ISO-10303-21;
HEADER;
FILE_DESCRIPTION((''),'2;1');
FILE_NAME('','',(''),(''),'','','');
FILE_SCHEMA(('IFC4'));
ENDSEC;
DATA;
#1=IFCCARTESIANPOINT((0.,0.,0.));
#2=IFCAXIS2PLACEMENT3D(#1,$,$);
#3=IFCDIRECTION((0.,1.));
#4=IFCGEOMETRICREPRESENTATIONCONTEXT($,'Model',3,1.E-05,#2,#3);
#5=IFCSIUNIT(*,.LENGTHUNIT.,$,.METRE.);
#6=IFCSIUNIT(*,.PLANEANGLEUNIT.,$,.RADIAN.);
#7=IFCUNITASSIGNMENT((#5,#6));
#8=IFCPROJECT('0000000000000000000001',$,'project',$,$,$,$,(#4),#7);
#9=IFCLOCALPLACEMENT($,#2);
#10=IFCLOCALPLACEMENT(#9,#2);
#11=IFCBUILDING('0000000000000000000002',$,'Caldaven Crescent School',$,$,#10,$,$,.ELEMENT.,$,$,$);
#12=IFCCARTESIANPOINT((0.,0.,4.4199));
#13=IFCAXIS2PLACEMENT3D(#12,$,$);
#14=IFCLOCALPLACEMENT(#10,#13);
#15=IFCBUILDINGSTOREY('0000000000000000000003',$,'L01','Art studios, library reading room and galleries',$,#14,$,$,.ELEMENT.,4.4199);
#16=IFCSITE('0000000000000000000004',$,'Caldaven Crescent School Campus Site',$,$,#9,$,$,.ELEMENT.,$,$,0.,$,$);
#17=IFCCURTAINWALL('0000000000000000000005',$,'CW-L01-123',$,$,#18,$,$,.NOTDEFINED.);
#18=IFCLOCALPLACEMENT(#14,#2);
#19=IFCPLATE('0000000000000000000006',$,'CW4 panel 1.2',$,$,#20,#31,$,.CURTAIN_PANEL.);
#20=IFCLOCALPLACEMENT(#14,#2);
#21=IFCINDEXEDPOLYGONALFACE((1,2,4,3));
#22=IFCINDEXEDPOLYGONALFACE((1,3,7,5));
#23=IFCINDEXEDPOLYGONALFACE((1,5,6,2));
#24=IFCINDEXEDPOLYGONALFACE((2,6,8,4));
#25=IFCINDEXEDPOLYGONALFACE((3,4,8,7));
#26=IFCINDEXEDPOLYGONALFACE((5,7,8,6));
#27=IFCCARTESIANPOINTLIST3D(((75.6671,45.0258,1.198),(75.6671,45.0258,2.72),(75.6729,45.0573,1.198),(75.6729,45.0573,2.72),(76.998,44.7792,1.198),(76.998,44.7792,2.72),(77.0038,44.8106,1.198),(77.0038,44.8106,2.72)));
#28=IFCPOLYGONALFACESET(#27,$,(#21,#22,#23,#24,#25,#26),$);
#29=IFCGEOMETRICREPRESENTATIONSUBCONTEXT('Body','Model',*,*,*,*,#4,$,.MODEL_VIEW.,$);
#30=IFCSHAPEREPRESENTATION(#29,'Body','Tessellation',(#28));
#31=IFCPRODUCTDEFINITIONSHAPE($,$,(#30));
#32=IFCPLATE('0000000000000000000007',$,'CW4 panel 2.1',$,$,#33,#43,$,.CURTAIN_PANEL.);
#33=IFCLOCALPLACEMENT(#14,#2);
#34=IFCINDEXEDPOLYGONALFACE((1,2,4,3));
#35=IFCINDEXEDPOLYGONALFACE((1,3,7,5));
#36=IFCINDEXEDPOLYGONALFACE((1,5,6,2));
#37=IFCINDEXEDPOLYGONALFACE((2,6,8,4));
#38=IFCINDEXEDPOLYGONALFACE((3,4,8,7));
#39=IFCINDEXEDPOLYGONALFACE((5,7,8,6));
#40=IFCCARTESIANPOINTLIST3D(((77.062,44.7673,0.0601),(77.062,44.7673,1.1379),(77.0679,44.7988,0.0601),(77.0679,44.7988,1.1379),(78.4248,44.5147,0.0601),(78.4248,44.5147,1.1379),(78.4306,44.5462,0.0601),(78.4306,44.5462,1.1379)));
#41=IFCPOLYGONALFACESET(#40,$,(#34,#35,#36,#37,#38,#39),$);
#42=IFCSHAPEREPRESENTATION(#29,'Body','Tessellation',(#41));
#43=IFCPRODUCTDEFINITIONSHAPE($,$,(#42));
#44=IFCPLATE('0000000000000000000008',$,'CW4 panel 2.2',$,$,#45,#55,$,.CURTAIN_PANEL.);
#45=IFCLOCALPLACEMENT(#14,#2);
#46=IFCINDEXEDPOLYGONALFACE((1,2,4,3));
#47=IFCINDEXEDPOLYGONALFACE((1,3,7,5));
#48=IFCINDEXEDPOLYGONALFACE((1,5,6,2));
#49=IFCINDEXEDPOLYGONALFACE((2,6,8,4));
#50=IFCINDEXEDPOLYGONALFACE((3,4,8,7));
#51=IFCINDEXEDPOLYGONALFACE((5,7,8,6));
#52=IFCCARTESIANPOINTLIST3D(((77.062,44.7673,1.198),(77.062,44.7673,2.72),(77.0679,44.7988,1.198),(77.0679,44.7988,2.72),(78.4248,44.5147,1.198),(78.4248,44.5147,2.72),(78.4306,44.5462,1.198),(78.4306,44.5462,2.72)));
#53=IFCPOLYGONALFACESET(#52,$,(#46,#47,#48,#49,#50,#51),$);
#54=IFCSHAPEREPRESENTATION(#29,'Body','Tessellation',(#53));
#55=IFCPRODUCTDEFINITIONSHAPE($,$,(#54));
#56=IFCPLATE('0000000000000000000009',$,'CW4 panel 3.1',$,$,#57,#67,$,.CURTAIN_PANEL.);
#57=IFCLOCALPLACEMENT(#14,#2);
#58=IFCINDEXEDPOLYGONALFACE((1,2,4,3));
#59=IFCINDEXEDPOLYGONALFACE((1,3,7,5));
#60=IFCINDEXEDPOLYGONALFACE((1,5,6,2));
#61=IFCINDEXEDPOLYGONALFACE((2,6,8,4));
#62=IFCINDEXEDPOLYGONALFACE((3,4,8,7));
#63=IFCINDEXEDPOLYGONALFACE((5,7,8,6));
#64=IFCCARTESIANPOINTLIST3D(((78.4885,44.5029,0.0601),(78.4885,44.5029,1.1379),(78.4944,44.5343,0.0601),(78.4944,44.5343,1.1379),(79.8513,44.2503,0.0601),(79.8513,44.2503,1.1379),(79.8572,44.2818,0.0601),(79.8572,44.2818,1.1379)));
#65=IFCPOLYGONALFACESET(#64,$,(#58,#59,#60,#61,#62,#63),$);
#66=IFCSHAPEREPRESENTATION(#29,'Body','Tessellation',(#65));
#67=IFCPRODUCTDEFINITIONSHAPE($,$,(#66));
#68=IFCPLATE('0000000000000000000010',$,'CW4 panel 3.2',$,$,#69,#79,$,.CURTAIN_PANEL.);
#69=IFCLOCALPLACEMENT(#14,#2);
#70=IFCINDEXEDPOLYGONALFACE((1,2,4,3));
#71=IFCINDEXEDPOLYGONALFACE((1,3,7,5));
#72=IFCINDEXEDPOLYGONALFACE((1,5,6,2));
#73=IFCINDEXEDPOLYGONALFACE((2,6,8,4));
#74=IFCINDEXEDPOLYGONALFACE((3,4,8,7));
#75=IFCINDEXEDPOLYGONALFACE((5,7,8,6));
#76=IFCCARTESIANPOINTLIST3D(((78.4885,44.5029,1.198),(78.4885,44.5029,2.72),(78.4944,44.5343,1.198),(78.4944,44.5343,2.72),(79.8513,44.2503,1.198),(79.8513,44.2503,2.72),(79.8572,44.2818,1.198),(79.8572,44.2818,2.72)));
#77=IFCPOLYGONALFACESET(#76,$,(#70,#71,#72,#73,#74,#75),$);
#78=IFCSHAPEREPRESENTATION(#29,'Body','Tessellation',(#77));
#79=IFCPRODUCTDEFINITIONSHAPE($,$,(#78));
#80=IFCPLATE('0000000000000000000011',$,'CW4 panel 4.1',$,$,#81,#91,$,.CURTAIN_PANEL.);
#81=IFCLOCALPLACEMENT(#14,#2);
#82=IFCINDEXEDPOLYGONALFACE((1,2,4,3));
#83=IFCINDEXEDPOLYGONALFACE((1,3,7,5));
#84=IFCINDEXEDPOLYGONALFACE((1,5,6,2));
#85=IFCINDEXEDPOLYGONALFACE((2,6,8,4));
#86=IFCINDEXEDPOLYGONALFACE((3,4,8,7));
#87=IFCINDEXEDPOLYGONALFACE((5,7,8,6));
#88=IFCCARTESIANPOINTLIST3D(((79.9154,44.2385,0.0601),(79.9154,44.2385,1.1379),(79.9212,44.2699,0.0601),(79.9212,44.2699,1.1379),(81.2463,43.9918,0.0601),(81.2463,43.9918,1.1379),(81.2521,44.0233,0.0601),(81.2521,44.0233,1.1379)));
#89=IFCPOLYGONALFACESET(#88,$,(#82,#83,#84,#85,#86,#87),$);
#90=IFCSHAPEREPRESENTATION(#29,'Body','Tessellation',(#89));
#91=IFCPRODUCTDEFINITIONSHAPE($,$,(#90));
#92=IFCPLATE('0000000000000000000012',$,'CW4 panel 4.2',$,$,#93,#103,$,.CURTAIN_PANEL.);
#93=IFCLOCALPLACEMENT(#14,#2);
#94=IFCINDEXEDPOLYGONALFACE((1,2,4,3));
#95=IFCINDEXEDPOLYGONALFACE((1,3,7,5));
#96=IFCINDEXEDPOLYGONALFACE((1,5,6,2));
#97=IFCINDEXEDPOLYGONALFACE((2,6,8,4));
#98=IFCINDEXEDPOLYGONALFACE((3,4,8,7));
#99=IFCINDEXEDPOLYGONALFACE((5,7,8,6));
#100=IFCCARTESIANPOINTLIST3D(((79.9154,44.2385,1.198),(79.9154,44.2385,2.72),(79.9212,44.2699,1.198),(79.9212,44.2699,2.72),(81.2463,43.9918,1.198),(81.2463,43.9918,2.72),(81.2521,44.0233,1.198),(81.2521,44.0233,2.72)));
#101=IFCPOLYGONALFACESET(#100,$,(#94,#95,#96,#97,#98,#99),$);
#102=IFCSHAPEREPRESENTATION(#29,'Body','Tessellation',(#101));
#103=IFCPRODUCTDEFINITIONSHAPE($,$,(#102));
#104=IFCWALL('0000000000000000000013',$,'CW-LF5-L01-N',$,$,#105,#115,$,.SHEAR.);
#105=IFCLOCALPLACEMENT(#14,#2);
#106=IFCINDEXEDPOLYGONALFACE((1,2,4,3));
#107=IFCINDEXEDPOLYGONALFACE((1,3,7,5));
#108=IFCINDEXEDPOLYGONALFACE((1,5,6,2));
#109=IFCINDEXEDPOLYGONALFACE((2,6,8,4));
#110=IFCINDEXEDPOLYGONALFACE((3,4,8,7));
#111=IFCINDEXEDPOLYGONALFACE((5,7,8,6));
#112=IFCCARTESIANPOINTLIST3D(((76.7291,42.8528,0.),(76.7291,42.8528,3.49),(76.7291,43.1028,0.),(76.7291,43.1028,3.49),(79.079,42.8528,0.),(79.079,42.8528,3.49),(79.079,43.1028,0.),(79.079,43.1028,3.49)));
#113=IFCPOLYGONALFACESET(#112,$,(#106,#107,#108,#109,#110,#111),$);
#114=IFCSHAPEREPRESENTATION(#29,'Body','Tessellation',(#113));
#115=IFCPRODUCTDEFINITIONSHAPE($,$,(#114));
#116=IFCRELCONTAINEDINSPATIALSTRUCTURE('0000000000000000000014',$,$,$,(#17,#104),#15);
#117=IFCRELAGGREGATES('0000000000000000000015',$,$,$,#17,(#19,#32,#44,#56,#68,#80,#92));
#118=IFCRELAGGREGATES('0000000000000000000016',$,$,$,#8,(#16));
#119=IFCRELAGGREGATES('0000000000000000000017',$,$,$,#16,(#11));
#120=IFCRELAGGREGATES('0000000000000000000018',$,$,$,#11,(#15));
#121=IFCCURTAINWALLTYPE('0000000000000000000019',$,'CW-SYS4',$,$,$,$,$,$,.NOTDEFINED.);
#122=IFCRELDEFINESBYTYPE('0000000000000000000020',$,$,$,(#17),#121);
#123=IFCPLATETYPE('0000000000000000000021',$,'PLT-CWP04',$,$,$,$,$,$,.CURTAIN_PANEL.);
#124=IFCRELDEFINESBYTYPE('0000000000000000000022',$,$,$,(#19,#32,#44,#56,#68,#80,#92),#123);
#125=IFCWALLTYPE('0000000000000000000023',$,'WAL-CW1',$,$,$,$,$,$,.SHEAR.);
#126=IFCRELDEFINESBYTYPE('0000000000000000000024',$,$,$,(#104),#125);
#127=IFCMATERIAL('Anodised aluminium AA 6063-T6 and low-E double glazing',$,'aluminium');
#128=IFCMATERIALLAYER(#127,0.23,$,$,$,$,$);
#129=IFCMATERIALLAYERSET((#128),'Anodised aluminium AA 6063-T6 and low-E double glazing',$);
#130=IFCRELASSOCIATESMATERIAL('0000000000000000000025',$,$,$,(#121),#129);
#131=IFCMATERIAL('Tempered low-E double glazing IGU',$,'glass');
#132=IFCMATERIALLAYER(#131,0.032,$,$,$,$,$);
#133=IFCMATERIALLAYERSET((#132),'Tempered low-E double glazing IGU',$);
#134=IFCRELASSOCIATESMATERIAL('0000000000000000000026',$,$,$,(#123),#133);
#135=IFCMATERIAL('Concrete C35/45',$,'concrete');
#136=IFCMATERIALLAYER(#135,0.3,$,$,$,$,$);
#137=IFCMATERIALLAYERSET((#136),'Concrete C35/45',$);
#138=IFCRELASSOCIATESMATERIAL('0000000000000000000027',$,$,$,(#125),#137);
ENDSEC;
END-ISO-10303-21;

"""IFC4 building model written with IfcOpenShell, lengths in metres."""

from ifc_helpers import new_model, si_unit, direction, frame, frame_2d, origin, origin_2d, place, context, subcontext, project, spatial, rectangle, extrude, material, layer, layer_set, type_object, element, aggregate, save


model = new_model("IFC4")

# Units and contexts
model_context = context("Model", 3, precision=1e-05, world=origin(), true_north=direction((0.0, 1.0)))
body_context = subcontext(model_context, "Body", "Model", "MODEL_VIEW")
ifc_project = project(units=[si_unit("LENGTHUNIT", "METRE"), si_unit("PLANEANGLEUNIT", "RADIAN")], contexts=[model_context])

# Site, building, storey
site_placement = place(None, origin())
site = spatial("IfcSite", under=ifc_project, at=site_placement, Name="Caldaven Crescent School Campus Site", CompositionType="ELEMENT", RefElevation=0.0)
building_placement = place(site_placement, origin())
building = spatial("IfcBuilding", under=site, at=building_placement, Name="Caldaven Crescent School", CompositionType="ELEMENT")
storey_placement = place(building_placement, frame((0.0, 0.0, 4.4199)))
storey = spatial("IfcBuildingStorey", under=building, at=storey_placement, Name="L01", Description="Art studios, library reading room and galleries", CompositionType="ELEMENT", Elevation=4.4199)

# Curtain wall
ifc_material_1 = material(Name="Anodised aluminium AA 6063-T6 and low-E double glazing", Category="aluminium")
ifc_layer_1 = layer(ifc_material_1, 0.23)
ifc_layer_set_1 = layer_set([ifc_layer_1], Name="Anodised aluminium AA 6063-T6 and low-E double glazing")
curtain_wall_type_1 = type_object("IfcCurtainWallType", Name="CW-SYS4", PredefinedType="NOTDEFINED", material=ifc_layer_set_1)
curtain_wall_1_placement = place(storey_placement, origin())
curtain_wall_1 = element("IfcCurtainWall", 1, at=curtain_wall_1_placement, inside=storey, type_object=curtain_wall_type_1, Name="CW-L01-123", PredefinedType="NOTDEFINED")

# Plates
ifc_material_2 = material(Name="Tempered low-E double glazing IGU", Category="glass")
ifc_layer_2 = layer(ifc_material_2, 0.032)
ifc_layer_set_2 = layer_set([ifc_layer_2], Name="Tempered low-E double glazing IGU")
plate_type_1 = type_object("IfcPlateType", Name="PLT-CWP04", PredefinedType="CURTAIN_PANEL", material=ifc_layer_set_2)
plate_1_placement = place(storey_placement, frame((76.3354, 44.9182, 1.198), z_axis=(0.0, 0.0, 1.0), x_axis=(0.983255, -0.182236, 0.0)))
plate_1 = element("IfcPlate", 2, at=plate_1_placement, type_object=plate_type_1, Name="CW4 panel 1.2", PredefinedType="CURTAIN_PANEL", context=body_context, shape_type="SweptSolid", body=[
    extrude(rectangle(XDim=1.3535, YDim=0.032, at=origin_2d()), origin(), (0.0, 0.0, 1.0), 1.522),
])
plate_2_placement = place(storey_placement, frame((77.7463, 44.6567, 0.0601), z_axis=(0.0, 0.0, 1.0), x_axis=(0.983255, -0.182236, 0.0)))
plate_2 = element("IfcPlate", 3, at=plate_2_placement, type_object=plate_type_1, Name="CW4 panel 2.1", PredefinedType="CURTAIN_PANEL", context=body_context, shape_type="SweptSolid", body=[
    extrude(rectangle(XDim=1.386, YDim=0.032, at=origin_2d()), origin(), (0.0, 0.0, 1.0), 1.0779),
])
plate_3_placement = place(storey_placement, frame((77.7463, 44.6567, 1.198), z_axis=(0.0, 0.0, 1.0), x_axis=(0.983255, -0.182236, 0.0)))
plate_3 = element("IfcPlate", 4, at=plate_3_placement, type_object=plate_type_1, Name="CW4 panel 2.2", PredefinedType="CURTAIN_PANEL", context=body_context, shape_type="SweptSolid", body=[
    extrude(rectangle(XDim=1.386, YDim=0.032, at=origin_2d()), origin(), (0.0, 0.0, 1.0), 1.522),
])
plate_4_placement = place(storey_placement, frame((79.1729, 44.3923, 0.0601), z_axis=(0.0, 0.0, 1.0), x_axis=(0.983255, -0.182236, 0.0)))
plate_4 = element("IfcPlate", 5, at=plate_4_placement, type_object=plate_type_1, Name="CW4 panel 3.1", PredefinedType="CURTAIN_PANEL", context=body_context, shape_type="SweptSolid", body=[
    extrude(rectangle(XDim=1.386, YDim=0.032, at=origin_2d()), origin(), (0.0, 0.0, 1.0), 1.0779),
])
plate_5_placement = place(storey_placement, frame((79.1729, 44.3923, 1.198), z_axis=(0.0, 0.0, 1.0), x_axis=(0.983255, -0.182236, 0.0)))
plate_5 = element("IfcPlate", 6, at=plate_5_placement, type_object=plate_type_1, Name="CW4 panel 3.2", PredefinedType="CURTAIN_PANEL", context=body_context, shape_type="SweptSolid", body=[
    extrude(rectangle(XDim=1.386, YDim=0.032, at=origin_2d()), origin(), (0.0, 0.0, 1.0), 1.522),
])
plate_6_placement = place(storey_placement, frame((80.5837, 44.1309, 0.0601), z_axis=(0.0, 0.0, 1.0), x_axis=(0.983255, -0.182236, 0.0)))
plate_6 = element("IfcPlate", 7, at=plate_6_placement, type_object=plate_type_1, Name="CW4 panel 4.1", PredefinedType="CURTAIN_PANEL", context=body_context, shape_type="SweptSolid", body=[
    extrude(rectangle(XDim=1.3535, YDim=0.032, at=origin_2d()), origin(), (0.0, 0.0, 1.0), 1.0779),
])
plate_7_placement = place(storey_placement, frame((80.5837, 44.1309, 1.198), z_axis=(0.0, 0.0, 1.0), x_axis=(0.983255, -0.182236, 0.0)))
plate_7 = element("IfcPlate", 8, at=plate_7_placement, type_object=plate_type_1, Name="CW4 panel 4.2", PredefinedType="CURTAIN_PANEL", context=body_context, shape_type="SweptSolid", body=[
    extrude(rectangle(XDim=1.3535, YDim=0.032, at=origin_2d()), origin(), (0.0, 0.0, 1.0), 1.522),
])
aggregate(curtain_wall_1, [plate_1, plate_2, plate_3, plate_4, plate_5, plate_6, plate_7])

# Wall
ifc_material_3 = material(Name="Concrete C35/45", Category="concrete")
ifc_layer_3 = layer(ifc_material_3, 0.3)
ifc_layer_set_3 = layer_set([ifc_layer_3], Name="Concrete C35/45")
wall_type = type_object("IfcWallType", Name="WAL-CW1", PredefinedType="SHEAR", material=ifc_layer_set_3)
wall_placement = place(storey_placement, frame((76.7292, 42.9778, 0.0), z_axis=(0.0, 0.0, 1.0), x_axis=(1.0, 0.0, 0.0)))
element("IfcWall", 9, at=wall_placement, inside=storey, type_object=wall_type, Name="CW-LF5-L01-N", PredefinedType="SHEAR", context=body_context, shape_type="SweptSolid", body=[
    extrude(rectangle(XDim=2.3499, YDim=0.25, at=frame_2d((1.1748, 0.0))), origin(), (0.0, 0.0, 1.0), 3.49),
])

save(model, "model.ifc")
